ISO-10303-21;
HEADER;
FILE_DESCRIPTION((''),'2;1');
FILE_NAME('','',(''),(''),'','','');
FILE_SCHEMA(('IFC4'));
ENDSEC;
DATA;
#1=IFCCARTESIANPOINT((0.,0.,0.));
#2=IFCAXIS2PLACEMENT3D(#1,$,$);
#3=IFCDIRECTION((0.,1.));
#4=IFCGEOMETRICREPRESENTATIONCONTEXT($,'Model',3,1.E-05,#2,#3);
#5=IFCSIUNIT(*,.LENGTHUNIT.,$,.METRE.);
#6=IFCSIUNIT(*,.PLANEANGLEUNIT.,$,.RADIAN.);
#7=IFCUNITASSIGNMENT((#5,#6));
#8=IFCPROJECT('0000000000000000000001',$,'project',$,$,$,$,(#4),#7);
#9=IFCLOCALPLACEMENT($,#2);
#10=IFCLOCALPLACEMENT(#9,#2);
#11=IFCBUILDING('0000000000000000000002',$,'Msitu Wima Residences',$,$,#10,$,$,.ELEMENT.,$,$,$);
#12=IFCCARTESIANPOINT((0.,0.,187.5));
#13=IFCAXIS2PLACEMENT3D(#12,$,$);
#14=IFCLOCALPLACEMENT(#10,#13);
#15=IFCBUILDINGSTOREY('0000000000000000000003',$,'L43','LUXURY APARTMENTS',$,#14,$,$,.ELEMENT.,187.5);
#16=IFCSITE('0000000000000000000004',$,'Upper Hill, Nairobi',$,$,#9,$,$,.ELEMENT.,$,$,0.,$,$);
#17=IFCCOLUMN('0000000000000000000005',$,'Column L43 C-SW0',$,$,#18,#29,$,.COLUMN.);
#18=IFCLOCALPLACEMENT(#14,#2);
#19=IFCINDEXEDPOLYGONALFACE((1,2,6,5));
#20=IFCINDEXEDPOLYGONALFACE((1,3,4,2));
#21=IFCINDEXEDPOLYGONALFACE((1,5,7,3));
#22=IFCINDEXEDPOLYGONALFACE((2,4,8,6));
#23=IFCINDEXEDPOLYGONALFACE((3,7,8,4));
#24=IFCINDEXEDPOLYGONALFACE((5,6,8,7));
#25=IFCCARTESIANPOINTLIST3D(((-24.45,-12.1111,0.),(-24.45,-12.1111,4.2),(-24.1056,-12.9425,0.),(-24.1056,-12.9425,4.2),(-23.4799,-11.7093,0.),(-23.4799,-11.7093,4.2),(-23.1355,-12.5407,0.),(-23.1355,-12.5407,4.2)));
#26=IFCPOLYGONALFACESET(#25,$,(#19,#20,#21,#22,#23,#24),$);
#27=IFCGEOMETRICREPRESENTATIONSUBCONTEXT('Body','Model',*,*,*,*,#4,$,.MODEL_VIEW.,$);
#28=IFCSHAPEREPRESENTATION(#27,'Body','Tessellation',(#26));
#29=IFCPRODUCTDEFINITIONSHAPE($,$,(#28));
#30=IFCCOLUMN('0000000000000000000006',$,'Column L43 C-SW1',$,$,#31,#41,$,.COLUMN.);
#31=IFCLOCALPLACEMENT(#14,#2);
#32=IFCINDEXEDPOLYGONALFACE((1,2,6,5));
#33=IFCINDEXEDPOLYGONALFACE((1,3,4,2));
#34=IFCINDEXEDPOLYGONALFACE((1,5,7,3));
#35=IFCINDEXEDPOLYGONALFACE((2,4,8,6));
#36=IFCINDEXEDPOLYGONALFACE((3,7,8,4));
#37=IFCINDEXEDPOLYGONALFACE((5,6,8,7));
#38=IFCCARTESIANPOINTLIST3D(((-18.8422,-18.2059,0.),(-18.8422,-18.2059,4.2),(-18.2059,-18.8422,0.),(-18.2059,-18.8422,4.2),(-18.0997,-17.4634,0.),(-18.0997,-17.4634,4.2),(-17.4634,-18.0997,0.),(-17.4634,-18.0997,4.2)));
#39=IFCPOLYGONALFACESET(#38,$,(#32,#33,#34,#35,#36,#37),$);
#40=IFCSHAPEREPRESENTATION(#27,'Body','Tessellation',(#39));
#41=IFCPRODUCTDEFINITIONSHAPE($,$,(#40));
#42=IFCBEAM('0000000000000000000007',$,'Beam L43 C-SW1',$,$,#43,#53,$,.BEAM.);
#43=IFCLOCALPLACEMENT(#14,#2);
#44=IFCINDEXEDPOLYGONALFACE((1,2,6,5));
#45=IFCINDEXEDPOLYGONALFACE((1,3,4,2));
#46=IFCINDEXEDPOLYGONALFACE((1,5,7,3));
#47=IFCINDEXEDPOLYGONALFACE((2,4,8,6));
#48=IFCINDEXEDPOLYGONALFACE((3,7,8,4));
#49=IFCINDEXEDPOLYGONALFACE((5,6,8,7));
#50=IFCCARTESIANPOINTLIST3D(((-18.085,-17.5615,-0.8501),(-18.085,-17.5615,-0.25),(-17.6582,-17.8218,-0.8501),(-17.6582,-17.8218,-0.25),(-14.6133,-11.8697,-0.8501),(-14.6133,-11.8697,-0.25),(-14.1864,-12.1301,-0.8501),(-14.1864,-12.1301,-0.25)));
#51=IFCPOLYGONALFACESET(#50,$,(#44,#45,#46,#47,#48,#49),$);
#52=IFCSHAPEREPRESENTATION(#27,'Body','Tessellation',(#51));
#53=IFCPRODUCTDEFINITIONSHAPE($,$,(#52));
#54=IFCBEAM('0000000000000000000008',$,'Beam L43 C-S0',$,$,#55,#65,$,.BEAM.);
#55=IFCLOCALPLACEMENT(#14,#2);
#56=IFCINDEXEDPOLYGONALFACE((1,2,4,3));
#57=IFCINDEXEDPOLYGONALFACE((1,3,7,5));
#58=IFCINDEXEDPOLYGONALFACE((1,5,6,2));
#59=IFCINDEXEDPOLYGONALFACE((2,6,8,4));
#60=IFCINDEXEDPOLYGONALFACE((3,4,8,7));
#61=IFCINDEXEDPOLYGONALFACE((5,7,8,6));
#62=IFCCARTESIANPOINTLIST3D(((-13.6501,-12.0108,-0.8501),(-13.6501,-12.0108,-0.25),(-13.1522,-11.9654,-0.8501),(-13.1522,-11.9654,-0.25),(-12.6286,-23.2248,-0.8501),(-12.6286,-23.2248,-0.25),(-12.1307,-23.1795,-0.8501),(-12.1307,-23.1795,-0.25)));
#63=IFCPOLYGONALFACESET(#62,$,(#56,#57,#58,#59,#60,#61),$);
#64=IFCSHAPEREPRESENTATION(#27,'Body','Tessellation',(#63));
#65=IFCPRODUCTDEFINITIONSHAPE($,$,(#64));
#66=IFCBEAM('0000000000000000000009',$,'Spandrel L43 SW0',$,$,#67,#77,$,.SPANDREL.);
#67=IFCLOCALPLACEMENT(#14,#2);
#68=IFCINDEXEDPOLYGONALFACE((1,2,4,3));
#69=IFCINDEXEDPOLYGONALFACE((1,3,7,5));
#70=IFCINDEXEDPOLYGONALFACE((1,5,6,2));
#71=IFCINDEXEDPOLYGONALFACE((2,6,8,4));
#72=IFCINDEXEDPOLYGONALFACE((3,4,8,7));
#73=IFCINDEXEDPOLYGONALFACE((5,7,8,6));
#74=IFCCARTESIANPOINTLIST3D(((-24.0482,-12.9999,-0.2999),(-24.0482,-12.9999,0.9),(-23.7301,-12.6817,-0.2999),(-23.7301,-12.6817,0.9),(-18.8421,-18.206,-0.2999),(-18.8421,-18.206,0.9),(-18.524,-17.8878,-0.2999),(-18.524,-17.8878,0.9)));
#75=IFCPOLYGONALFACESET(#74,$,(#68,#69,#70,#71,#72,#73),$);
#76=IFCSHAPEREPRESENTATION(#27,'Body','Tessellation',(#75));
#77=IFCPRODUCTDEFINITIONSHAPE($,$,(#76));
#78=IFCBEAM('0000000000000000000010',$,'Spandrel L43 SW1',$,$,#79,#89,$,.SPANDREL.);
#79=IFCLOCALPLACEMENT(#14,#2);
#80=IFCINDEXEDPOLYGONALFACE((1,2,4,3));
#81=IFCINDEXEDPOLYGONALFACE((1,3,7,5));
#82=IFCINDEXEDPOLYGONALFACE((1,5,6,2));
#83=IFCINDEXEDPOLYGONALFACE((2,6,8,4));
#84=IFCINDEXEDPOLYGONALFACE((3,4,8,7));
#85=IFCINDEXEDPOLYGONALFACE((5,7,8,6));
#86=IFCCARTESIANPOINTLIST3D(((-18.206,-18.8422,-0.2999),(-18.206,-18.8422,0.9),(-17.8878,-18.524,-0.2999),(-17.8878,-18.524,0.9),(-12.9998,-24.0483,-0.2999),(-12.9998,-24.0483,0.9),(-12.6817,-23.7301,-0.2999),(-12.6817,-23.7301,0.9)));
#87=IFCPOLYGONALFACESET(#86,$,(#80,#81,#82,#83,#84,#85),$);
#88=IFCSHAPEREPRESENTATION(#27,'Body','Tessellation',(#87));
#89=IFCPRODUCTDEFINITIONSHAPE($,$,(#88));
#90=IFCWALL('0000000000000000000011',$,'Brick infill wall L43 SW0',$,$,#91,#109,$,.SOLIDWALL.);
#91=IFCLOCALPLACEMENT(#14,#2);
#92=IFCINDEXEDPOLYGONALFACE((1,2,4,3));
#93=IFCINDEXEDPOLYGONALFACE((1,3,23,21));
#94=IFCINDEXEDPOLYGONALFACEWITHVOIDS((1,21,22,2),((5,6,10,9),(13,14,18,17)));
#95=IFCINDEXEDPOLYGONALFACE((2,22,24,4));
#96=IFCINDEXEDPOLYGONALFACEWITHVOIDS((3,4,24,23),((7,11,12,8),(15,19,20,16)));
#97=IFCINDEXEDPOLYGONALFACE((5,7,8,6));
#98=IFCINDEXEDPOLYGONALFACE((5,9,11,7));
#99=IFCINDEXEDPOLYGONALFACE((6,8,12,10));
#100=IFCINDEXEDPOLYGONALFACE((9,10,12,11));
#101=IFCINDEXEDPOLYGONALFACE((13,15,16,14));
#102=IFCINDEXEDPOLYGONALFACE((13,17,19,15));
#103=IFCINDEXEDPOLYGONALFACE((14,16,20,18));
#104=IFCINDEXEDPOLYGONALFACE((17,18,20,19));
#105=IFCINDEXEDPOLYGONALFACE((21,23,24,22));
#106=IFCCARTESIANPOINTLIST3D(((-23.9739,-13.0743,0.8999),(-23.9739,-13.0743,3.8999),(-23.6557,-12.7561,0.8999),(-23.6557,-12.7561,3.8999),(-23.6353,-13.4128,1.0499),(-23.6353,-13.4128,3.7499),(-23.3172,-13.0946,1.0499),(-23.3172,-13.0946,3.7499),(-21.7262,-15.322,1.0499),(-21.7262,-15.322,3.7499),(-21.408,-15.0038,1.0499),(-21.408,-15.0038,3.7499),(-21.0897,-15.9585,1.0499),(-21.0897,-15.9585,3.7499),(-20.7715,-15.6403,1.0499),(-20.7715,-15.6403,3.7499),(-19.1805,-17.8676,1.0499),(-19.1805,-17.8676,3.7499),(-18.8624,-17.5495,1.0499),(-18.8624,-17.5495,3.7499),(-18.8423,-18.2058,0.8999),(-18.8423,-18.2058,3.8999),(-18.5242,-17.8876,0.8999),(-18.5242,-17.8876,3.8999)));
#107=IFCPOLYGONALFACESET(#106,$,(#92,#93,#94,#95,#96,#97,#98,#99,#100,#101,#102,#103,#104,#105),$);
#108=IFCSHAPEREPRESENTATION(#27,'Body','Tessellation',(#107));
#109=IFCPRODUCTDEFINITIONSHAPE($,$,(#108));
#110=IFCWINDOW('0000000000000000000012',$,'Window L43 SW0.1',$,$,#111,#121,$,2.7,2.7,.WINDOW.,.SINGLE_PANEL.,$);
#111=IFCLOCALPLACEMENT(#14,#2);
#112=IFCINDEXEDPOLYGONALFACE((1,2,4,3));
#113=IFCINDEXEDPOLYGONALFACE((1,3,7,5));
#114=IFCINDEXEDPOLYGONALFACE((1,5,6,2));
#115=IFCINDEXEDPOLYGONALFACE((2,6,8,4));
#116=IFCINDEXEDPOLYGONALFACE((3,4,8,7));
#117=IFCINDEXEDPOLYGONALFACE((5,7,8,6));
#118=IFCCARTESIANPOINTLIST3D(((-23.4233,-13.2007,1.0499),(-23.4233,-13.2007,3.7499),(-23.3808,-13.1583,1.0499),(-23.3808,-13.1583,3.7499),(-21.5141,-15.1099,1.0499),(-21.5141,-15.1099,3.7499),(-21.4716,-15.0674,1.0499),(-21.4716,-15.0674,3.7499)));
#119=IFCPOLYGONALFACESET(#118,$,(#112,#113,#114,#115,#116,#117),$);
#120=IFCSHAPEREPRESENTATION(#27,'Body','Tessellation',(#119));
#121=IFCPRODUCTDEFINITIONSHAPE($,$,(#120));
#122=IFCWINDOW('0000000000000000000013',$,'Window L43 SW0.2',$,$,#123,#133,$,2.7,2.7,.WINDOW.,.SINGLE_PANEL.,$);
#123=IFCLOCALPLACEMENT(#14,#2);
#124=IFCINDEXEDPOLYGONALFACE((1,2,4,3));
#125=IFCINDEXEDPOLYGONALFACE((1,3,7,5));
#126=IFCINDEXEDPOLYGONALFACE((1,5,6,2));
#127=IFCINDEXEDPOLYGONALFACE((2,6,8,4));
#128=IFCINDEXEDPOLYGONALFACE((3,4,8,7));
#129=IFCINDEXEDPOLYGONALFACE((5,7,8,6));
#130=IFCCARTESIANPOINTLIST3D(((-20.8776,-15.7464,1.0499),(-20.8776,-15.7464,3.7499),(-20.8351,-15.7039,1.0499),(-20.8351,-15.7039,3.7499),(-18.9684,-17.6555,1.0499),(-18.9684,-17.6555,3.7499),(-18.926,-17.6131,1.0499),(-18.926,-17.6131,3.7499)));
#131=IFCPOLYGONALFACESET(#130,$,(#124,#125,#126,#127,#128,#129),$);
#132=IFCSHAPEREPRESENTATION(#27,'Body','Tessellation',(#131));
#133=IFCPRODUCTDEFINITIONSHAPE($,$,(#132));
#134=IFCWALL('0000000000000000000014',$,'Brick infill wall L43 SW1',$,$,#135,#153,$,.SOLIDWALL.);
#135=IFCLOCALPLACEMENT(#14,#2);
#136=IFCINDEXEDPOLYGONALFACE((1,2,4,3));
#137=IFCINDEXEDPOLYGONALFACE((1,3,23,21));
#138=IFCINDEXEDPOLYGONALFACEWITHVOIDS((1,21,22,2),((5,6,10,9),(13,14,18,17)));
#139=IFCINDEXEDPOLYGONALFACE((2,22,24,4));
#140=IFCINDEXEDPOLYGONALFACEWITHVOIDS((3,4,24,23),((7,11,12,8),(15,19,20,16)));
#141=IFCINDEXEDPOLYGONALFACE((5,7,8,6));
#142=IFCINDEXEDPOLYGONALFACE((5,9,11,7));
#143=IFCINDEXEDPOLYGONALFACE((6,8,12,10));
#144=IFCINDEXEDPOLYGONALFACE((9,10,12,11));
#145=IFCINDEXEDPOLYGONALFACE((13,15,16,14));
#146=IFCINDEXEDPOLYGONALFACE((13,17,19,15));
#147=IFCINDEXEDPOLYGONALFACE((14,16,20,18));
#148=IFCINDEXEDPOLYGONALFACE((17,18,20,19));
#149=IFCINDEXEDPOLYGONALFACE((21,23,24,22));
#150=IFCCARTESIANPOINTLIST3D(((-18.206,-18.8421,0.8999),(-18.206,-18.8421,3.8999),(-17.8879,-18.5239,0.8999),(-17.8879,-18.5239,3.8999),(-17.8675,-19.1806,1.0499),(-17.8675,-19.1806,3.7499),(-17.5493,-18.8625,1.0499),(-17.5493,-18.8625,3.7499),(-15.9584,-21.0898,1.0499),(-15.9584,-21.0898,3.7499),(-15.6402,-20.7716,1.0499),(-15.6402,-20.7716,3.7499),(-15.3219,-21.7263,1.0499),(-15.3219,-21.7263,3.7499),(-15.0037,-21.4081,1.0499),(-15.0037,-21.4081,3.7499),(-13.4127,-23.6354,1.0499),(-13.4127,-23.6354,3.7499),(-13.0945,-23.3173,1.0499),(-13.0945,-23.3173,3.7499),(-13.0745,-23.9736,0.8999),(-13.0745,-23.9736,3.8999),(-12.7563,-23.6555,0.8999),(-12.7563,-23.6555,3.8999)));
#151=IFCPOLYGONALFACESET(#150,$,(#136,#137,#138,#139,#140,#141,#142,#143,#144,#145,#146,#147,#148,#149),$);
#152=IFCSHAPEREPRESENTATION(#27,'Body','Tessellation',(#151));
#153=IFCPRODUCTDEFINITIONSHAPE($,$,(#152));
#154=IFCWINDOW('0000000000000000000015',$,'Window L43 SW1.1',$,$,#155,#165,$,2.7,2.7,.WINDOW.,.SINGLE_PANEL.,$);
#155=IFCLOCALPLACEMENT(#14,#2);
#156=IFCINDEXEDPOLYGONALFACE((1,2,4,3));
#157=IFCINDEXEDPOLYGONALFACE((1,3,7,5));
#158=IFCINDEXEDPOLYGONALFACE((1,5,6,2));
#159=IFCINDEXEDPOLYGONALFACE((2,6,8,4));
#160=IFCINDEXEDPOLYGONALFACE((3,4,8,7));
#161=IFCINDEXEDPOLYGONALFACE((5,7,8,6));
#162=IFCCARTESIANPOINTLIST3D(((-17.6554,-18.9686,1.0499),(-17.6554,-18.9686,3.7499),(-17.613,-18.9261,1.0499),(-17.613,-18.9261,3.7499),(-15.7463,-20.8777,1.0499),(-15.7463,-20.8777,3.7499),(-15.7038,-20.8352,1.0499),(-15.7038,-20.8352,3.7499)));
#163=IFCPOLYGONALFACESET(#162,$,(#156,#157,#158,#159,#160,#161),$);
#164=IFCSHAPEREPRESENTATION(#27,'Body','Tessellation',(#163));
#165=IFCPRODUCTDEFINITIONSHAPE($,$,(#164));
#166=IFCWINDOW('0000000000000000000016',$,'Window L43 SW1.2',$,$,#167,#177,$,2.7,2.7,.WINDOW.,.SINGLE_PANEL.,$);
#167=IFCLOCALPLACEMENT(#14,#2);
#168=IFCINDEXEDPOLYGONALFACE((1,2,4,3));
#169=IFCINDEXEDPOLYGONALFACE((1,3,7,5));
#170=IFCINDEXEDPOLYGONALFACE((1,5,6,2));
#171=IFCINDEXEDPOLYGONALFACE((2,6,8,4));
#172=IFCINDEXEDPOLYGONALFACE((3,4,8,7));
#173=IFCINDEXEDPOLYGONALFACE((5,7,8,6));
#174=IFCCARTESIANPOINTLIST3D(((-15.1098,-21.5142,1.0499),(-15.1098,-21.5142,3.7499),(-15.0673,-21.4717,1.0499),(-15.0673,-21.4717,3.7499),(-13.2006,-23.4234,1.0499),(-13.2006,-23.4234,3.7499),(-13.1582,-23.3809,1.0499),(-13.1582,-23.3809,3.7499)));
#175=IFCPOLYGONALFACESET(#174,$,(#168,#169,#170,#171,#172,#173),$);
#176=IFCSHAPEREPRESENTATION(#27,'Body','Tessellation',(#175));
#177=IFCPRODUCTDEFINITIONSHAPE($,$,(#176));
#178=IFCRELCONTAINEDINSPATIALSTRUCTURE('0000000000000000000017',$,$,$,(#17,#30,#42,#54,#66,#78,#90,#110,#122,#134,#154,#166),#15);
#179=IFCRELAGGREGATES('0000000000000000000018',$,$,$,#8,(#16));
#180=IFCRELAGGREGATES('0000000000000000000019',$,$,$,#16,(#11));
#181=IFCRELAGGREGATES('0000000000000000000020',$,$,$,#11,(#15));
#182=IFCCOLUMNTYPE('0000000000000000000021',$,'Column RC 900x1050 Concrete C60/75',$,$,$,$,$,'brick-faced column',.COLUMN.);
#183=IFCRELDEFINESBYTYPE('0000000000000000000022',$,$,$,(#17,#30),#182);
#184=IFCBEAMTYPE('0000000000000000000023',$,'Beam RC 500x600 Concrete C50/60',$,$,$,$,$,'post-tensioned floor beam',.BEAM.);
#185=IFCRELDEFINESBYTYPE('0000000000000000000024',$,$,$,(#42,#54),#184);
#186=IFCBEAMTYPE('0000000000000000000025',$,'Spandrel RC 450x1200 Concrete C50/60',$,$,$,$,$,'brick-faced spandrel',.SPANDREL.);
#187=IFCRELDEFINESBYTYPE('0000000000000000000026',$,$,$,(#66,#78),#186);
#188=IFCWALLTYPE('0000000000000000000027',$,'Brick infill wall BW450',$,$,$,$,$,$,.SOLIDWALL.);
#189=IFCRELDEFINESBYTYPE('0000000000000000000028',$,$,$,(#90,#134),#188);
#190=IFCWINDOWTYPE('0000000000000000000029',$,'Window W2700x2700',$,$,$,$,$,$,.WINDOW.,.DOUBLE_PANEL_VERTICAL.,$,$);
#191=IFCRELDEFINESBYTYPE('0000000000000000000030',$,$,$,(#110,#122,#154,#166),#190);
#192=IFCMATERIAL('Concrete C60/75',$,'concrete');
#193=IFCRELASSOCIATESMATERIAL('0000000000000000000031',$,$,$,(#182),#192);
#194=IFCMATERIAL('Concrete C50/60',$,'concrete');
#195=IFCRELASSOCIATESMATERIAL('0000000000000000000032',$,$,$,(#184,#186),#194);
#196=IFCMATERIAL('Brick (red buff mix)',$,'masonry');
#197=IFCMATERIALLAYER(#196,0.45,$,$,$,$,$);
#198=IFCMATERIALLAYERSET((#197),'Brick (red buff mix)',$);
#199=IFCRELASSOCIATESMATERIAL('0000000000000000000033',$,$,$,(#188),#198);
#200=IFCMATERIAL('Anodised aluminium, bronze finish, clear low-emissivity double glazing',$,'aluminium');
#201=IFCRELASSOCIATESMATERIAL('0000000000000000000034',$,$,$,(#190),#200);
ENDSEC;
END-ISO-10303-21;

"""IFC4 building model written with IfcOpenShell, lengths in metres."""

from ifc_helpers import new_model, si_unit, direction, frame, frame_2d, origin, origin_2d, place, context, subcontext, project, spatial, rectangle, extrude, material, layer, layer_set, material_profile, profile_set, type_object, element, fill, save


model = new_model("IFC4")

# Units and contexts
model_context = context("Model", 3, precision=1e-05, world=origin(), true_north=direction((0.0, 1.0)))
body_context = subcontext(model_context, "Body", "Model", "MODEL_VIEW")
ifc_project = project(units=[si_unit("LENGTHUNIT", "METRE"), si_unit("PLANEANGLEUNIT", "RADIAN")], contexts=[model_context])

# Site, building, storey
site_placement = place(None, origin())
site = spatial("IfcSite", under=ifc_project, at=site_placement, Name="Upper Hill, Nairobi", CompositionType="ELEMENT", RefElevation=0.0)
building_placement = place(site_placement, origin())
building = spatial("IfcBuilding", under=site, at=building_placement, Name="Msitu Wima Residences", CompositionType="ELEMENT")
storey_placement = place(building_placement, frame((0.0, 0.0, 187.5)))
storey = spatial("IfcBuildingStorey", under=building, at=storey_placement, Name="L43", Description="LUXURY APARTMENTS", CompositionType="ELEMENT", Elevation=187.5)

# Columns
ifc_material_1 = material(Name="Concrete C60/75", Category="concrete")
ifc_material_profile_1 = material_profile(ifc_material_1, rectangle(XDim=0.8999, YDim=1.05, at=origin_2d()), Name="RC 900x1050")
ifc_profile_set_1 = profile_set([ifc_material_profile_1], Name="Concrete C60/75")
column_type = type_object("IfcColumnType", Name="Column RC 900x1050 Concrete C60/75", ElementType="brick-faced column", PredefinedType="COLUMN", material=ifc_profile_set_1)
for number, where, z_axis, x_axis, name in (
    (1, (-23.7927, -12.3259, 0.0), (0.0, 0.0, 1.0), (0.382683, -0.92388, 0.0), "Column L43 C-SW0"),
    (2, (-18.1528, -18.1528, 0.0), (0.0, 0.0, 1.0), (0.707107, -0.707107, 0.0), "Column L43 C-SW1"),
):
    element("IfcColumn", number, at=place(storey_placement, frame(where, z_axis=z_axis, x_axis=x_axis)), inside=storey, type_object=column_type, Name=name, PredefinedType="COLUMN", context=body_context, shape_type="SweptSolid", body=[
        extrude(rectangle(XDim=0.8999, YDim=1.05, at=origin_2d()), origin(), (0.0, 0.0, 1.0), 4.2),
    ])

# Beams
ifc_material_2 = material(Name="Concrete C50/60", Category="concrete")
ifc_material_profile_2 = material_profile(ifc_material_2, rectangle(XDim=0.5, YDim=0.6001, at=origin_2d()), Name="RC 500x600")
ifc_profile_set_2 = profile_set([ifc_material_profile_2], Name="Concrete C50/60")
beam_type_1 = type_object("IfcBeamType", Name="Beam RC 500x600 Concrete C50/60", ElementType="post-tensioned floor beam", PredefinedType="BEAM", material=ifc_profile_set_2)
beam_1_placement = place(storey_placement, frame((-17.8716, -17.6917, -0.55), z_axis=(0.520734, 0.853719, 0.0), x_axis=(-0.853719, 0.520734, 0.0)))
element("IfcBeam", 3, at=beam_1_placement, inside=storey, type_object=beam_type_1, Name="Beam L43 C-SW1", PredefinedType="BEAM", context=body_context, shape_type="SweptSolid", body=[
    extrude(rectangle(XDim=0.5, YDim=0.6001, at=origin_2d()), origin(), (0.0, 0.0, 1.0), 6.667),
])
beam_2_placement = place(storey_placement, frame((-12.3796, -23.2021, -0.55), z_axis=(-0.090714, 0.995877, 0.0), x_axis=(-0.995877, -0.090714, 0.0)))
element("IfcBeam", 4, at=beam_2_placement, inside=storey, type_object=beam_type_1, Name="Beam L43 C-S0", PredefinedType="BEAM", context=body_context, shape_type="SweptSolid", body=[
    extrude(rectangle(XDim=0.5, YDim=0.6001, at=origin_2d()), origin(), (0.0, 0.0, 1.0), 11.2605),
])
ifc_material_profile_3 = material_profile(ifc_material_2, rectangle(XDim=0.45, YDim=1.2, at=origin_2d()), Name="RC 450x1200")
ifc_profile_set_3 = profile_set([ifc_material_profile_3], Name="Concrete C50/60")
beam_type_2 = type_object("IfcBeamType", Name="Spandrel RC 450x1200 Concrete C50/60", ElementType="brick-faced spandrel", PredefinedType="SPANDREL", material=ifc_profile_set_3)
for number, where, z_axis, x_axis, name in (
    (5, (-23.8892, -12.8408, 0.3), (0.707107, -0.707107, 0.0), (0.707107, 0.707107, 0.0), "Spandrel L43 SW0"),
    (6, (-18.0469, -18.6831, 0.3), (0.707107, -0.707107, 0.0), (0.707107, 0.707107, 0.0), "Spandrel L43 SW1"),
):
    element("IfcBeam", number, at=place(storey_placement, frame(where, z_axis=z_axis, x_axis=x_axis)), inside=storey, type_object=beam_type_2, Name=name, PredefinedType="SPANDREL", context=body_context, shape_type="SweptSolid", body=[
        extrude(rectangle(XDim=0.45, YDim=1.2, at=origin_2d()), origin(), (0.0, 0.0, 1.0), 7.3625),
    ])

# Walls, openings, windows
ifc_material_3 = material(Name="Brick (red buff mix)", Category="masonry")
ifc_layer_1 = layer(ifc_material_3, 0.45)
ifc_layer_set_1 = layer_set([ifc_layer_1], Name="Brick (red buff mix)")
wall_type_1 = type_object("IfcWallType", Name="Brick infill wall BW450", PredefinedType="SOLIDWALL", material=ifc_layer_set_1)
wall_1_placement = place(storey_placement, frame((-23.8147, -12.9153, 0.8999), z_axis=(0.0, 0.0, 1.0), x_axis=(0.707107, -0.707107, 0.0)))
wall_1 = element("IfcWall", 7, at=wall_1_placement, inside=storey, type_object=wall_type_1, Name="Brick infill wall L43 SW0", PredefinedType="SOLIDWALL", context=body_context, shape_type="SweptSolid", body=[
    extrude(rectangle(XDim=7.2571, YDim=0.45, at=frame_2d((3.6284, 0.0))), origin(), (0.0, 0.0, 1.0), 3.0),
])
opening_1_placement = place(wall_1_placement, frame((0.4785, 0.0, 0.1499)))
opening_1 = element("IfcOpeningElement", 8, at=opening_1_placement, cuts=wall_1, PredefinedType="OPENING", context=body_context, shape_type="SweptSolid", body=[
    extrude(rectangle(XDim=2.7, YDim=2.7, at=frame_2d((1.3501, 1.3501))), frame((0.0, 0.2349, 0.0), z_axis=(0.0, -1.0, 0.0), x_axis=(1.0, 0.0, 0.0)), (0.0, 0.0, 1.0), 0.47),
])
opening_2_placement = place(wall_1_placement, frame((4.0786, 0.0, 0.1499)))
opening_2 = element("IfcOpeningElement", 9, at=opening_2_placement, cuts=wall_1, PredefinedType="OPENING", context=body_context, shape_type="SweptSolid", body=[
    extrude(rectangle(XDim=2.7, YDim=2.7, at=frame_2d((1.3501, 1.3501))), frame((0.0, 0.2349, 0.0), z_axis=(0.0, -1.0, 0.0), x_axis=(1.0, 0.0, 0.0)), (0.0, 0.0, 1.0), 0.47),
])
ifc_material_4 = material(Name="Anodised aluminium, bronze finish, clear low-emissivity double glazing", Category="aluminium")
window_type = type_object("IfcWindowType", Name="Window W2700x2700", PartitioningType="DOUBLE_PANEL_VERTICAL", PredefinedType="WINDOW", material=ifc_material_4)
window_1_placement = place(opening_1_placement, origin())
window_1 = element("IfcWindow", 10, at=window_1_placement, inside=storey, type_object=window_type, Name="Window L43 SW0.1", OverallHeight=2.7, OverallWidth=2.7, PartitioningType="SINGLE_PANEL", PredefinedType="WINDOW", context=body_context, shape_type="SweptSolid", body=[
    extrude(rectangle(XDim=2.7, YDim=2.7, at=frame_2d((1.3501, 1.3501))), frame((0.0, 0.135, 0.0), z_axis=(0.0, -1.0, 0.0), x_axis=(1.0, 0.0, 0.0)), (0.0, 0.0, 1.0), 0.0601),
])
fill(opening_1, window_1)
window_2_placement = place(opening_2_placement, origin())
window_2 = element("IfcWindow", 11, at=window_2_placement, inside=storey, type_object=window_type, Name="Window L43 SW0.2", OverallHeight=2.7, OverallWidth=2.7, PartitioningType="SINGLE_PANEL", PredefinedType="WINDOW", context=body_context, shape_type="SweptSolid", body=[
    extrude(rectangle(XDim=2.7, YDim=2.7, at=frame_2d((1.3501, 1.3501))), frame((0.0, 0.135, 0.0), z_axis=(0.0, -1.0, 0.0), x_axis=(1.0, 0.0, 0.0)), (0.0, 0.0, 1.0), 0.0601),
])
fill(opening_2, window_2)
wall_2_placement = place(storey_placement, frame((-18.0469, -18.6831, 0.8999), z_axis=(0.0, 0.0, 1.0), x_axis=(0.707107, -0.707107, 0.0)))
wall_2 = element("IfcWall", 12, at=wall_2_placement, inside=storey, type_object=wall_type_1, Name="Brick infill wall L43 SW1", PredefinedType="SOLIDWALL", context=body_context, shape_type="SweptSolid", body=[
    extrude(rectangle(XDim=7.2571, YDim=0.45, at=frame_2d((3.6284, 0.0))), origin(), (0.0, 0.0, 1.0), 3.0),
])
opening_3_placement = place(wall_2_placement, frame((0.4785, 0.0, 0.1499)))
opening_3 = element("IfcOpeningElement", 13, at=opening_3_placement, cuts=wall_2, PredefinedType="OPENING", context=body_context, shape_type="SweptSolid", body=[
    extrude(rectangle(XDim=2.7, YDim=2.7, at=frame_2d((1.3501, 1.3501))), frame((0.0, 0.2349, 0.0), z_axis=(0.0, -1.0, 0.0), x_axis=(1.0, 0.0, 0.0)), (0.0, 0.0, 1.0), 0.47),
])
opening_4_placement = place(wall_2_placement, frame((4.0786, 0.0, 0.1499)))
opening_4 = element("IfcOpeningElement", 14, at=opening_4_placement, cuts=wall_2, PredefinedType="OPENING", context=body_context, shape_type="SweptSolid", body=[
    extrude(rectangle(XDim=2.7, YDim=2.7, at=frame_2d((1.3501, 1.3501))), frame((0.0, 0.2349, 0.0), z_axis=(0.0, -1.0, 0.0), x_axis=(1.0, 0.0, 0.0)), (0.0, 0.0, 1.0), 0.47),
])
window_3_placement = place(opening_3_placement, origin())
window_3 = element("IfcWindow", 15, at=window_3_placement, inside=storey, type_object=window_type, Name="Window L43 SW1.1", OverallHeight=2.7, OverallWidth=2.7, PartitioningType="SINGLE_PANEL", PredefinedType="WINDOW", context=body_context, shape_type="SweptSolid", body=[
    extrude(rectangle(XDim=2.7, YDim=2.7, at=frame_2d((1.3501, 1.3501))), frame((0.0, 0.135, 0.0), z_axis=(0.0, -1.0, 0.0), x_axis=(1.0, 0.0, 0.0)), (0.0, 0.0, 1.0), 0.0601),
])
fill(opening_3, window_3)
window_4_placement = place(opening_4_placement, origin())
window_4 = element("IfcWindow", 16, at=window_4_placement, inside=storey, type_object=window_type, Name="Window L43 SW1.2", OverallHeight=2.7, OverallWidth=2.7, PartitioningType="SINGLE_PANEL", PredefinedType="WINDOW", context=body_context, shape_type="SweptSolid", body=[
    extrude(rectangle(XDim=2.7, YDim=2.7, at=frame_2d((1.3501, 1.3501))), frame((0.0, 0.135, 0.0), z_axis=(0.0, -1.0, 0.0), x_axis=(1.0, 0.0, 0.0)), (0.0, 0.0, 1.0), 0.0601),
])
fill(opening_4, window_4)

save(model, "model.ifc")
